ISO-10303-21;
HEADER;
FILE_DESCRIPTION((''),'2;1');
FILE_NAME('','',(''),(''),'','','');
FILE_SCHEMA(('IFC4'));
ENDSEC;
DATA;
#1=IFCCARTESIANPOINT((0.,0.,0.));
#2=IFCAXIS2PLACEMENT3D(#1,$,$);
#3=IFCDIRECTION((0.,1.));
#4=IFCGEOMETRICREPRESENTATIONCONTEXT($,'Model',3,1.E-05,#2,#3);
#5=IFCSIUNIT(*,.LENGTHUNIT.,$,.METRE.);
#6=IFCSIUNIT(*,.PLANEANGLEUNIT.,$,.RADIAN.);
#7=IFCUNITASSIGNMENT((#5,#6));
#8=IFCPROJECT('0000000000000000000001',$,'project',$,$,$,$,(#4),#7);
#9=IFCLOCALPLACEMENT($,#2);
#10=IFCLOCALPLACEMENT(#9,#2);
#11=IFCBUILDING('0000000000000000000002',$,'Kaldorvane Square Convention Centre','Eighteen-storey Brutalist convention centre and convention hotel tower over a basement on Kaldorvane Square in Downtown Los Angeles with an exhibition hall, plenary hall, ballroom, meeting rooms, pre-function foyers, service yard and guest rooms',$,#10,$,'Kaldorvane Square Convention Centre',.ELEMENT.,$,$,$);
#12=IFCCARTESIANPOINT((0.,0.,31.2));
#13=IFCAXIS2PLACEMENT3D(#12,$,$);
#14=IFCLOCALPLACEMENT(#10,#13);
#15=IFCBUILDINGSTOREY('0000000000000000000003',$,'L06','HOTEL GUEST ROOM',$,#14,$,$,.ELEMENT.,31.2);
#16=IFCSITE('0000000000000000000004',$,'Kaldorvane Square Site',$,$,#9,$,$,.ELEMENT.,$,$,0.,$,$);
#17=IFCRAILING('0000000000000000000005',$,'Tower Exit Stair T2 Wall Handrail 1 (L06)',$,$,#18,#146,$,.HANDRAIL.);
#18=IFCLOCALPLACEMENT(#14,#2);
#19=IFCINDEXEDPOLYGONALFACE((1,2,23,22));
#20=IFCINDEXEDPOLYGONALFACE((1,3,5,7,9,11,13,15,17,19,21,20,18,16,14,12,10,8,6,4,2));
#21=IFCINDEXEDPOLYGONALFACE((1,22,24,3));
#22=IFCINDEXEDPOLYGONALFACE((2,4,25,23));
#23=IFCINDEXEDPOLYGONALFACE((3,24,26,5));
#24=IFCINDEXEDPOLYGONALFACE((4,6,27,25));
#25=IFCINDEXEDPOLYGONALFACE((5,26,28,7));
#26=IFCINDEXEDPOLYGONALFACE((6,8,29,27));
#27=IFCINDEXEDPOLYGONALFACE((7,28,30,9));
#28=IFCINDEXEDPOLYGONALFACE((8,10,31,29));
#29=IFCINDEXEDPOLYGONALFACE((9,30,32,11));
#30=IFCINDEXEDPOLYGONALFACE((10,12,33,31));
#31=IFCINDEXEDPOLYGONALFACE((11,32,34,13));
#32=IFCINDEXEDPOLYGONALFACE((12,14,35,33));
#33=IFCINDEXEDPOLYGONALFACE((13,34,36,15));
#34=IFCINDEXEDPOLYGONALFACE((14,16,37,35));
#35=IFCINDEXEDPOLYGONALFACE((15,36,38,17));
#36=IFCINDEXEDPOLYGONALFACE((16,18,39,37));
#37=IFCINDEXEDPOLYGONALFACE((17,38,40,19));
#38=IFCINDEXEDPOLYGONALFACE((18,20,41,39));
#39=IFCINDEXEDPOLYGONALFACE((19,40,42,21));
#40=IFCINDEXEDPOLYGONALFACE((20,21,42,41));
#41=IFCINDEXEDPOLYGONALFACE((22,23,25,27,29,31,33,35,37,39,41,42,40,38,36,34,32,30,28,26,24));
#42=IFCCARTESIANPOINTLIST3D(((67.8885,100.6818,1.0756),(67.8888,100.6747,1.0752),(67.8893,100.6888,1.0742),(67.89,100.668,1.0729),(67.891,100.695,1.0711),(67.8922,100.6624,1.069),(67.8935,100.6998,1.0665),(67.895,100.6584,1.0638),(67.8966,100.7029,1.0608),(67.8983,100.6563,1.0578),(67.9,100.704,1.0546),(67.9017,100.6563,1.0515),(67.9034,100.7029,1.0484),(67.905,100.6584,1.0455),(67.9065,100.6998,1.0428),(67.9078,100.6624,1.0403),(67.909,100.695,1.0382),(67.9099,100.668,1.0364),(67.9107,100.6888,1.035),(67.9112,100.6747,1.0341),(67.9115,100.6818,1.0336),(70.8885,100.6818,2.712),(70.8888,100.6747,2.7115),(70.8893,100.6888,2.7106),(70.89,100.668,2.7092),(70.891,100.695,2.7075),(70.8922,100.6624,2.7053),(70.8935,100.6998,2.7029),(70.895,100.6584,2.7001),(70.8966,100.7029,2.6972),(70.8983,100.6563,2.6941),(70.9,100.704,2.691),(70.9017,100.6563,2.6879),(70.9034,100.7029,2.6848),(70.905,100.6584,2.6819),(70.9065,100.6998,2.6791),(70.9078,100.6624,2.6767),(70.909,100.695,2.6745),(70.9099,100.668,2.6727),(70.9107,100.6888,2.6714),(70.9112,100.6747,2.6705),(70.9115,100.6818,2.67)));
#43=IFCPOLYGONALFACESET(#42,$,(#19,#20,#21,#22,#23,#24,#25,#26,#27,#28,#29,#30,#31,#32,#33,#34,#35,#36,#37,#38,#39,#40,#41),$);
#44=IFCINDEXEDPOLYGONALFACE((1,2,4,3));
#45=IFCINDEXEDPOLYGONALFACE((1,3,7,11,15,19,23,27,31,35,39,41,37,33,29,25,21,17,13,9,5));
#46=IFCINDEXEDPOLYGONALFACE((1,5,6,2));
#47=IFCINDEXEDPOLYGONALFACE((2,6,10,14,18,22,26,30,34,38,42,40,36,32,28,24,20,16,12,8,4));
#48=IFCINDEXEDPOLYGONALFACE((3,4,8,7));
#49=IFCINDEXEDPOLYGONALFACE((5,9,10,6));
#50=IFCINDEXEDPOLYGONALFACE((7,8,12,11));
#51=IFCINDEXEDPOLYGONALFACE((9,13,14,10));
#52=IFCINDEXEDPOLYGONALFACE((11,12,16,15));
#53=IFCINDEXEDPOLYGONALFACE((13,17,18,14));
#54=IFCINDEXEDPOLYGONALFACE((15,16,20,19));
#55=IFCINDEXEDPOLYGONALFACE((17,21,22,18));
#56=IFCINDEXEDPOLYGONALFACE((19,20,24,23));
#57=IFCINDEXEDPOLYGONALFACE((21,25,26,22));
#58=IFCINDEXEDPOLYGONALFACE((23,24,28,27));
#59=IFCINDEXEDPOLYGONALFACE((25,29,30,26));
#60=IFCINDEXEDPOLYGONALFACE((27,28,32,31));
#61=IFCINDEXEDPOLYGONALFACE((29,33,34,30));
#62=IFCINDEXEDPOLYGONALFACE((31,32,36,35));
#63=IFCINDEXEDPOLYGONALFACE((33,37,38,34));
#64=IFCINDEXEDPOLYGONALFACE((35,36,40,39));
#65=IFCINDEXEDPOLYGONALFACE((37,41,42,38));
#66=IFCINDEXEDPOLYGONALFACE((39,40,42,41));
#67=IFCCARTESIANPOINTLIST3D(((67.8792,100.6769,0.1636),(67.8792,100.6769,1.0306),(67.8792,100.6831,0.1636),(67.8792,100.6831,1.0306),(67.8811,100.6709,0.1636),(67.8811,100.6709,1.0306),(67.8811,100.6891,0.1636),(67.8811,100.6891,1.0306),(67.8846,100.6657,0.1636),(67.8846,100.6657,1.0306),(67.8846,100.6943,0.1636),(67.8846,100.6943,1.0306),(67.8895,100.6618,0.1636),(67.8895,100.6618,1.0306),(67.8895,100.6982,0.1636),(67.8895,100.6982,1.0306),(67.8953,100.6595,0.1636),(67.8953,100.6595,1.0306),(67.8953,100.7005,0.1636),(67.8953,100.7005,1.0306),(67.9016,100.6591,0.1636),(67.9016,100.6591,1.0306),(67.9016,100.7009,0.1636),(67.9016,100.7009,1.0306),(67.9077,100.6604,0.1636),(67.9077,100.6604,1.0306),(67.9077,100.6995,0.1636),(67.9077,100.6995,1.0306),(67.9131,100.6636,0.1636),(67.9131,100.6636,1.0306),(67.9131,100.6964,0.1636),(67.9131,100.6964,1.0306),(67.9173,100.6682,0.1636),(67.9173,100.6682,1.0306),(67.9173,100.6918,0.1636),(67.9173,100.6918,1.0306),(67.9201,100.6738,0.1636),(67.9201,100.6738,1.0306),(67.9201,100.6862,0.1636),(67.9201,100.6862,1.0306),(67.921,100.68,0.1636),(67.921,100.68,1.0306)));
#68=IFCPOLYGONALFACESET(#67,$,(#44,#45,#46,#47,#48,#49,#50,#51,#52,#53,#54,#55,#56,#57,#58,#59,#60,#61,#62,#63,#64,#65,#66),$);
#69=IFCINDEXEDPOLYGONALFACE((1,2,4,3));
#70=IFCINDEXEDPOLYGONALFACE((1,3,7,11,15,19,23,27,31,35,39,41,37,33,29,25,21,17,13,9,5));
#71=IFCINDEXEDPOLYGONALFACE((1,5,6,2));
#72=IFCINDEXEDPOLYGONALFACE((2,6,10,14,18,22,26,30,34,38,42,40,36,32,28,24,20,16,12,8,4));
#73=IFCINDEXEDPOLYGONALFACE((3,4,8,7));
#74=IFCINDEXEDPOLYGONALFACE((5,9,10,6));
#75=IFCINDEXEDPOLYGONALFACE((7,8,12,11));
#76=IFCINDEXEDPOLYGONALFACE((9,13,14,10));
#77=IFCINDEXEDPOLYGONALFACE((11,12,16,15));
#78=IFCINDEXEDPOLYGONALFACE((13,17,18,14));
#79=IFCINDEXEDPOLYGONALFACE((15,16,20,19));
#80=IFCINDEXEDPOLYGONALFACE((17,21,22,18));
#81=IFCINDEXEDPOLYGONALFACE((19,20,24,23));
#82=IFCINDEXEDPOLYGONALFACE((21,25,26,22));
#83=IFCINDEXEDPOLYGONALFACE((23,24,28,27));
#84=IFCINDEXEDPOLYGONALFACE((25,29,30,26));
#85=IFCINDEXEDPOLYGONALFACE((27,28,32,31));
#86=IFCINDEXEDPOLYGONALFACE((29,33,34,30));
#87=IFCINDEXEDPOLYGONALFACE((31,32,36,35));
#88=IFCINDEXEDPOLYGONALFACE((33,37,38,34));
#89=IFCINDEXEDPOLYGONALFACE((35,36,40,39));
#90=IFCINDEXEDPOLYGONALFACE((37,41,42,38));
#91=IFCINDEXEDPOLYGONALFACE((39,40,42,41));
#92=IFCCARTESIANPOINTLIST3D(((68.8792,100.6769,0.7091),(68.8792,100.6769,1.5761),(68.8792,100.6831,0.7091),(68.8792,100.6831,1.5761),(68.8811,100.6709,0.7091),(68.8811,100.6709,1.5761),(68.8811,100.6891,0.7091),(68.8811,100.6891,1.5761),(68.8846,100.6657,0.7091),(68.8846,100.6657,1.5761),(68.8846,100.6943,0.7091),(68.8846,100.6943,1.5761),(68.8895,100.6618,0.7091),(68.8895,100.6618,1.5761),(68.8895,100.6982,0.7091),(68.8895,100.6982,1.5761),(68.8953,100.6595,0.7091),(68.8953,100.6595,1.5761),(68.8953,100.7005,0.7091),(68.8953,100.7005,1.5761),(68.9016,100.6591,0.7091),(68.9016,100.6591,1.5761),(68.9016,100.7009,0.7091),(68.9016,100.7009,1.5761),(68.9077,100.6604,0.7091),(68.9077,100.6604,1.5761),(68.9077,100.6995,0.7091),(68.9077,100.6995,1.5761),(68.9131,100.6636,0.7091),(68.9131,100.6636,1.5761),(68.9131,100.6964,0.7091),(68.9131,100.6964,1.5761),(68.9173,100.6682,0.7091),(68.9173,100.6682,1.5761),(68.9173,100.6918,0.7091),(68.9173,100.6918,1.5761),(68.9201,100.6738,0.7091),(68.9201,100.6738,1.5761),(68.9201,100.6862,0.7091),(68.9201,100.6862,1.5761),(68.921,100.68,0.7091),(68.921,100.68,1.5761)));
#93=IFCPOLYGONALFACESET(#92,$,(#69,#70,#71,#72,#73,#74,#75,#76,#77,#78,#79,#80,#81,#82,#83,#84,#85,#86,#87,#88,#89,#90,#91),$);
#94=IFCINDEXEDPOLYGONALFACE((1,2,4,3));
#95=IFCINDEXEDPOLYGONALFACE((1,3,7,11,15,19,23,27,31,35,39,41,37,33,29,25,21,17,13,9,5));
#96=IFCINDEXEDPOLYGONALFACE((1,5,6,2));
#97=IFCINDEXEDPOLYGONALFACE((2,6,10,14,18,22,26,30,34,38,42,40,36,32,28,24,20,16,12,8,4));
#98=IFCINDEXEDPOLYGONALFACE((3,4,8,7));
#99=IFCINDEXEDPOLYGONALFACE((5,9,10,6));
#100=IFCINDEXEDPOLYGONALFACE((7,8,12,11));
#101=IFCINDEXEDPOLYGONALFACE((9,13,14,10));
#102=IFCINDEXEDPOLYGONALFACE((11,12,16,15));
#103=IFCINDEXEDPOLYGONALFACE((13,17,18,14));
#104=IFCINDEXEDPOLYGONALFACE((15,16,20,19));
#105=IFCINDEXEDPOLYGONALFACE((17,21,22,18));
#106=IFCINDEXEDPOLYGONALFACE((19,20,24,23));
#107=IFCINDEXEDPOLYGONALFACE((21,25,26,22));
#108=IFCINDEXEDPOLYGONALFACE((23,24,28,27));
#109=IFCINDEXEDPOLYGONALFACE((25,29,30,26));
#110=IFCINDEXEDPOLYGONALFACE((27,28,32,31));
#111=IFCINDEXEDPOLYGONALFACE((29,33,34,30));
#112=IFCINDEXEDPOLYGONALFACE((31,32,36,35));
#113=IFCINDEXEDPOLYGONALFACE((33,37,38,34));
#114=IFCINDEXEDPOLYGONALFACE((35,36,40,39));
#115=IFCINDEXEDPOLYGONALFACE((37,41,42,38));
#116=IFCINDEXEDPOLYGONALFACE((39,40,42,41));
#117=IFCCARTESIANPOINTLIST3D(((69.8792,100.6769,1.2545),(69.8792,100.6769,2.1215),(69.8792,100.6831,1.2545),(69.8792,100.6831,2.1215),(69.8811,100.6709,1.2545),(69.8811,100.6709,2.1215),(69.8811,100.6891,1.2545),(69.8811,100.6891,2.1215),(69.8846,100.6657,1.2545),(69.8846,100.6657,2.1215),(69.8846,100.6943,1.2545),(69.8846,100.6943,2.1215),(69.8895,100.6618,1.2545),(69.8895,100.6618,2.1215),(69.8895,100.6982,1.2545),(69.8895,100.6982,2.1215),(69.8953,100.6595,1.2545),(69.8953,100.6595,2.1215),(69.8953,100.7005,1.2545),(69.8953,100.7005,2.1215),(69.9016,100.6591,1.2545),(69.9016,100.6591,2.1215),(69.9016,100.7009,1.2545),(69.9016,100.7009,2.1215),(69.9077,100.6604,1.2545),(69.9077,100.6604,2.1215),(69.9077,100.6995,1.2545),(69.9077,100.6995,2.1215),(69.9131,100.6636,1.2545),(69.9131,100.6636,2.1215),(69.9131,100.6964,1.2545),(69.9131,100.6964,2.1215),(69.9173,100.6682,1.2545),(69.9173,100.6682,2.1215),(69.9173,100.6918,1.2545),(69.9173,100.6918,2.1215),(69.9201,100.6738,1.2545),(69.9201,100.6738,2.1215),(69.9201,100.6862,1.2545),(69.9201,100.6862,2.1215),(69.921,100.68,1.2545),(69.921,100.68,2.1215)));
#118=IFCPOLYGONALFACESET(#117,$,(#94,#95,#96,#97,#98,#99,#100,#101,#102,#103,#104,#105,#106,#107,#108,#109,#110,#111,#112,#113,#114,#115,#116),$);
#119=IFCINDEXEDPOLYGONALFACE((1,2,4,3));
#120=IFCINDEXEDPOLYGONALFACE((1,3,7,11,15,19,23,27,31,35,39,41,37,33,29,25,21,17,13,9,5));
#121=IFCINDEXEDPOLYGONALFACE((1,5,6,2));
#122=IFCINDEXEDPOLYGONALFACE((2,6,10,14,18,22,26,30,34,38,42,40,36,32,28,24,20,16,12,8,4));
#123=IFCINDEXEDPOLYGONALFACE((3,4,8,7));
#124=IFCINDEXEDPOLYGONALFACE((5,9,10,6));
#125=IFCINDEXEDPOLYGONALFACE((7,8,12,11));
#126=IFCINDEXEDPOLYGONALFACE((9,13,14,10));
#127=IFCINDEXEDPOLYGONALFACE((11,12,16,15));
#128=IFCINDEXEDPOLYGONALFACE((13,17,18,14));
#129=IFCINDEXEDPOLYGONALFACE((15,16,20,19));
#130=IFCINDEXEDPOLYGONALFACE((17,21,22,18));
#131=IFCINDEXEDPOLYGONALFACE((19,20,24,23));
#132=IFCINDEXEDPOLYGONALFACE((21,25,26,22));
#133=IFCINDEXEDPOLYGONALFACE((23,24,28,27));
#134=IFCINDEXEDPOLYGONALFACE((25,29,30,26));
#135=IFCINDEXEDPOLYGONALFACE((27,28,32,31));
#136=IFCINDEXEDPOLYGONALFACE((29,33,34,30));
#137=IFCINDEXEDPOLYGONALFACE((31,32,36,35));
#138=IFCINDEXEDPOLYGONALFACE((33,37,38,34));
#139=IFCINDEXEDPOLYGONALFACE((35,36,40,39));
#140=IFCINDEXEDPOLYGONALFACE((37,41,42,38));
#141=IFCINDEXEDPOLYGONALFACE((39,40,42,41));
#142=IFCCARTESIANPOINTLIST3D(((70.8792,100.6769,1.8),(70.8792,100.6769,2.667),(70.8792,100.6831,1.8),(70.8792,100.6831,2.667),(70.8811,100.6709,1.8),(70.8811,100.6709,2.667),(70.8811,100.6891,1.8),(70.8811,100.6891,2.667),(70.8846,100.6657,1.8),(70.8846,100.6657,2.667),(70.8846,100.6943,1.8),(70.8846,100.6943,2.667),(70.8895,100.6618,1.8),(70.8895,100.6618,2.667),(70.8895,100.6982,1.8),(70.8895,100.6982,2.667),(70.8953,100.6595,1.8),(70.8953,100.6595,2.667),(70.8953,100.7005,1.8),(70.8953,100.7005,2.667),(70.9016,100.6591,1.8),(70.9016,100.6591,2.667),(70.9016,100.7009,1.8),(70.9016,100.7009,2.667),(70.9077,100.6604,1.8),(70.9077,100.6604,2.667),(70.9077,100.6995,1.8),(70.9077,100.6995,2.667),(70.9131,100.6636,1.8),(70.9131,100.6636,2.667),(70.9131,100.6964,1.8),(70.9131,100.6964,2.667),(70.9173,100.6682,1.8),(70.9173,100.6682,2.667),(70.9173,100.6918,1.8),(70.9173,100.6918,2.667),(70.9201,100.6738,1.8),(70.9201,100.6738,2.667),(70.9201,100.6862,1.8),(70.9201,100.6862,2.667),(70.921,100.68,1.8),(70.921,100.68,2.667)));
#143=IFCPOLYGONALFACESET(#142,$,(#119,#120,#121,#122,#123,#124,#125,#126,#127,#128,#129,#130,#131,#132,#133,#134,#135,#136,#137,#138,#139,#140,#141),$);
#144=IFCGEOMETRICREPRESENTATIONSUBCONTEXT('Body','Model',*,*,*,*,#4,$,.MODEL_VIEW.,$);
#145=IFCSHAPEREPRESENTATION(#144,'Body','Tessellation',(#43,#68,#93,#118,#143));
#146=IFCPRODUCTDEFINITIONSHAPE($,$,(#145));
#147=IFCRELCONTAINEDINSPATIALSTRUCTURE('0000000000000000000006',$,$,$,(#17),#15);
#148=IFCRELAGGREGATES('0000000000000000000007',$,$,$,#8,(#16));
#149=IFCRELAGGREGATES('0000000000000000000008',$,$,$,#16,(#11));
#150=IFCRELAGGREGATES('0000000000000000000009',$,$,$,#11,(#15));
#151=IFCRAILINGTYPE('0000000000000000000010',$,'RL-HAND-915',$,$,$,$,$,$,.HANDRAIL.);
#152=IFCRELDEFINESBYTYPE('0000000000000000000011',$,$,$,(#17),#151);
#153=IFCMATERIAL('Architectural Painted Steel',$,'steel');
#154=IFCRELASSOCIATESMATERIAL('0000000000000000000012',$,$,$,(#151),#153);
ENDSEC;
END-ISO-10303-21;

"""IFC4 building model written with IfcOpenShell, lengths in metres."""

from ifc_helpers import new_model, si_unit, direction, frame, origin, origin_2d, place, context, subcontext, project, spatial, circle, extrude, material, type_object, element, save


model = new_model("IFC4")

# Units and contexts
model_context = context("Model", 3, precision=1e-05, world=origin(), true_north=direction((0.0, 1.0)))
body_context = subcontext(model_context, "Body", "Model", "MODEL_VIEW")
ifc_project = project(units=[si_unit("LENGTHUNIT", "METRE"), si_unit("PLANEANGLEUNIT", "RADIAN")], contexts=[model_context])

# Site, building, storey
site_placement = place(None, origin())
site = spatial("IfcSite", under=ifc_project, at=site_placement, Name="Kaldorvane Square Site", CompositionType="ELEMENT", RefElevation=0.0)
building_placement = place(site_placement, origin())
building = spatial("IfcBuilding", under=site, at=building_placement, Name="Kaldorvane Square Convention Centre", Description="Eighteen-storey Brutalist convention centre and convention hotel tower over a basement on Kaldorvane Square in Downtown Los Angeles with an exhibition hall, plenary hall, ballroom, meeting rooms, pre-function foyers, service yard and guest rooms", LongName="Kaldorvane Square Convention Centre", CompositionType="ELEMENT")
storey_placement = place(building_placement, frame((0.0, 0.0, 31.2)))
storey = spatial("IfcBuildingStorey", under=building, at=storey_placement, Name="L06", Description="HOTEL GUEST ROOM", CompositionType="ELEMENT", Elevation=31.2)

# Railing
ifc_material_1 = material(Name="Architectural Painted Steel", Category="steel")
railing_type = type_object("IfcRailingType", Name="RL-HAND-915", PredefinedType="HANDRAIL", material=ifc_material_1)
railing_placement = place(storey_placement, frame((67.9, 100.68, 0.1636)))
element("IfcRailing", 1, at=railing_placement, inside=storey, type_object=railing_type, Name="Tower Exit Stair T2 Wall Handrail 1 (L06)", PredefinedType="HANDRAIL", context=body_context, shape_type="SweptSolid", body=[
    extrude(circle(Radius=0.024, at=origin_2d()), frame((0.0, 0.0, 0.891), z_axis=(0.877895, 0.0, 0.478853), x_axis=(0.0, 1.0, 0.0)), (0.0, 0.0, 1.0), 3.4173),
    extrude(circle(Radius=0.021, at=origin_2d()), origin(), (0.0, 0.0, 1.0), 0.867),
    extrude(circle(Radius=0.021, at=origin_2d()), frame((1.0, 0.0, 0.5455)), (0.0, 0.0, 1.0), 0.867),
    extrude(circle(Radius=0.021, at=origin_2d()), frame((2.0, 0.0, 1.0909)), (0.0, 0.0, 1.0), 0.867),
    extrude(circle(Radius=0.021, at=origin_2d()), frame((3.0, 0.0, 1.6364)), (0.0, 0.0, 1.0), 0.867),
])

save(model, "model.ifc")
